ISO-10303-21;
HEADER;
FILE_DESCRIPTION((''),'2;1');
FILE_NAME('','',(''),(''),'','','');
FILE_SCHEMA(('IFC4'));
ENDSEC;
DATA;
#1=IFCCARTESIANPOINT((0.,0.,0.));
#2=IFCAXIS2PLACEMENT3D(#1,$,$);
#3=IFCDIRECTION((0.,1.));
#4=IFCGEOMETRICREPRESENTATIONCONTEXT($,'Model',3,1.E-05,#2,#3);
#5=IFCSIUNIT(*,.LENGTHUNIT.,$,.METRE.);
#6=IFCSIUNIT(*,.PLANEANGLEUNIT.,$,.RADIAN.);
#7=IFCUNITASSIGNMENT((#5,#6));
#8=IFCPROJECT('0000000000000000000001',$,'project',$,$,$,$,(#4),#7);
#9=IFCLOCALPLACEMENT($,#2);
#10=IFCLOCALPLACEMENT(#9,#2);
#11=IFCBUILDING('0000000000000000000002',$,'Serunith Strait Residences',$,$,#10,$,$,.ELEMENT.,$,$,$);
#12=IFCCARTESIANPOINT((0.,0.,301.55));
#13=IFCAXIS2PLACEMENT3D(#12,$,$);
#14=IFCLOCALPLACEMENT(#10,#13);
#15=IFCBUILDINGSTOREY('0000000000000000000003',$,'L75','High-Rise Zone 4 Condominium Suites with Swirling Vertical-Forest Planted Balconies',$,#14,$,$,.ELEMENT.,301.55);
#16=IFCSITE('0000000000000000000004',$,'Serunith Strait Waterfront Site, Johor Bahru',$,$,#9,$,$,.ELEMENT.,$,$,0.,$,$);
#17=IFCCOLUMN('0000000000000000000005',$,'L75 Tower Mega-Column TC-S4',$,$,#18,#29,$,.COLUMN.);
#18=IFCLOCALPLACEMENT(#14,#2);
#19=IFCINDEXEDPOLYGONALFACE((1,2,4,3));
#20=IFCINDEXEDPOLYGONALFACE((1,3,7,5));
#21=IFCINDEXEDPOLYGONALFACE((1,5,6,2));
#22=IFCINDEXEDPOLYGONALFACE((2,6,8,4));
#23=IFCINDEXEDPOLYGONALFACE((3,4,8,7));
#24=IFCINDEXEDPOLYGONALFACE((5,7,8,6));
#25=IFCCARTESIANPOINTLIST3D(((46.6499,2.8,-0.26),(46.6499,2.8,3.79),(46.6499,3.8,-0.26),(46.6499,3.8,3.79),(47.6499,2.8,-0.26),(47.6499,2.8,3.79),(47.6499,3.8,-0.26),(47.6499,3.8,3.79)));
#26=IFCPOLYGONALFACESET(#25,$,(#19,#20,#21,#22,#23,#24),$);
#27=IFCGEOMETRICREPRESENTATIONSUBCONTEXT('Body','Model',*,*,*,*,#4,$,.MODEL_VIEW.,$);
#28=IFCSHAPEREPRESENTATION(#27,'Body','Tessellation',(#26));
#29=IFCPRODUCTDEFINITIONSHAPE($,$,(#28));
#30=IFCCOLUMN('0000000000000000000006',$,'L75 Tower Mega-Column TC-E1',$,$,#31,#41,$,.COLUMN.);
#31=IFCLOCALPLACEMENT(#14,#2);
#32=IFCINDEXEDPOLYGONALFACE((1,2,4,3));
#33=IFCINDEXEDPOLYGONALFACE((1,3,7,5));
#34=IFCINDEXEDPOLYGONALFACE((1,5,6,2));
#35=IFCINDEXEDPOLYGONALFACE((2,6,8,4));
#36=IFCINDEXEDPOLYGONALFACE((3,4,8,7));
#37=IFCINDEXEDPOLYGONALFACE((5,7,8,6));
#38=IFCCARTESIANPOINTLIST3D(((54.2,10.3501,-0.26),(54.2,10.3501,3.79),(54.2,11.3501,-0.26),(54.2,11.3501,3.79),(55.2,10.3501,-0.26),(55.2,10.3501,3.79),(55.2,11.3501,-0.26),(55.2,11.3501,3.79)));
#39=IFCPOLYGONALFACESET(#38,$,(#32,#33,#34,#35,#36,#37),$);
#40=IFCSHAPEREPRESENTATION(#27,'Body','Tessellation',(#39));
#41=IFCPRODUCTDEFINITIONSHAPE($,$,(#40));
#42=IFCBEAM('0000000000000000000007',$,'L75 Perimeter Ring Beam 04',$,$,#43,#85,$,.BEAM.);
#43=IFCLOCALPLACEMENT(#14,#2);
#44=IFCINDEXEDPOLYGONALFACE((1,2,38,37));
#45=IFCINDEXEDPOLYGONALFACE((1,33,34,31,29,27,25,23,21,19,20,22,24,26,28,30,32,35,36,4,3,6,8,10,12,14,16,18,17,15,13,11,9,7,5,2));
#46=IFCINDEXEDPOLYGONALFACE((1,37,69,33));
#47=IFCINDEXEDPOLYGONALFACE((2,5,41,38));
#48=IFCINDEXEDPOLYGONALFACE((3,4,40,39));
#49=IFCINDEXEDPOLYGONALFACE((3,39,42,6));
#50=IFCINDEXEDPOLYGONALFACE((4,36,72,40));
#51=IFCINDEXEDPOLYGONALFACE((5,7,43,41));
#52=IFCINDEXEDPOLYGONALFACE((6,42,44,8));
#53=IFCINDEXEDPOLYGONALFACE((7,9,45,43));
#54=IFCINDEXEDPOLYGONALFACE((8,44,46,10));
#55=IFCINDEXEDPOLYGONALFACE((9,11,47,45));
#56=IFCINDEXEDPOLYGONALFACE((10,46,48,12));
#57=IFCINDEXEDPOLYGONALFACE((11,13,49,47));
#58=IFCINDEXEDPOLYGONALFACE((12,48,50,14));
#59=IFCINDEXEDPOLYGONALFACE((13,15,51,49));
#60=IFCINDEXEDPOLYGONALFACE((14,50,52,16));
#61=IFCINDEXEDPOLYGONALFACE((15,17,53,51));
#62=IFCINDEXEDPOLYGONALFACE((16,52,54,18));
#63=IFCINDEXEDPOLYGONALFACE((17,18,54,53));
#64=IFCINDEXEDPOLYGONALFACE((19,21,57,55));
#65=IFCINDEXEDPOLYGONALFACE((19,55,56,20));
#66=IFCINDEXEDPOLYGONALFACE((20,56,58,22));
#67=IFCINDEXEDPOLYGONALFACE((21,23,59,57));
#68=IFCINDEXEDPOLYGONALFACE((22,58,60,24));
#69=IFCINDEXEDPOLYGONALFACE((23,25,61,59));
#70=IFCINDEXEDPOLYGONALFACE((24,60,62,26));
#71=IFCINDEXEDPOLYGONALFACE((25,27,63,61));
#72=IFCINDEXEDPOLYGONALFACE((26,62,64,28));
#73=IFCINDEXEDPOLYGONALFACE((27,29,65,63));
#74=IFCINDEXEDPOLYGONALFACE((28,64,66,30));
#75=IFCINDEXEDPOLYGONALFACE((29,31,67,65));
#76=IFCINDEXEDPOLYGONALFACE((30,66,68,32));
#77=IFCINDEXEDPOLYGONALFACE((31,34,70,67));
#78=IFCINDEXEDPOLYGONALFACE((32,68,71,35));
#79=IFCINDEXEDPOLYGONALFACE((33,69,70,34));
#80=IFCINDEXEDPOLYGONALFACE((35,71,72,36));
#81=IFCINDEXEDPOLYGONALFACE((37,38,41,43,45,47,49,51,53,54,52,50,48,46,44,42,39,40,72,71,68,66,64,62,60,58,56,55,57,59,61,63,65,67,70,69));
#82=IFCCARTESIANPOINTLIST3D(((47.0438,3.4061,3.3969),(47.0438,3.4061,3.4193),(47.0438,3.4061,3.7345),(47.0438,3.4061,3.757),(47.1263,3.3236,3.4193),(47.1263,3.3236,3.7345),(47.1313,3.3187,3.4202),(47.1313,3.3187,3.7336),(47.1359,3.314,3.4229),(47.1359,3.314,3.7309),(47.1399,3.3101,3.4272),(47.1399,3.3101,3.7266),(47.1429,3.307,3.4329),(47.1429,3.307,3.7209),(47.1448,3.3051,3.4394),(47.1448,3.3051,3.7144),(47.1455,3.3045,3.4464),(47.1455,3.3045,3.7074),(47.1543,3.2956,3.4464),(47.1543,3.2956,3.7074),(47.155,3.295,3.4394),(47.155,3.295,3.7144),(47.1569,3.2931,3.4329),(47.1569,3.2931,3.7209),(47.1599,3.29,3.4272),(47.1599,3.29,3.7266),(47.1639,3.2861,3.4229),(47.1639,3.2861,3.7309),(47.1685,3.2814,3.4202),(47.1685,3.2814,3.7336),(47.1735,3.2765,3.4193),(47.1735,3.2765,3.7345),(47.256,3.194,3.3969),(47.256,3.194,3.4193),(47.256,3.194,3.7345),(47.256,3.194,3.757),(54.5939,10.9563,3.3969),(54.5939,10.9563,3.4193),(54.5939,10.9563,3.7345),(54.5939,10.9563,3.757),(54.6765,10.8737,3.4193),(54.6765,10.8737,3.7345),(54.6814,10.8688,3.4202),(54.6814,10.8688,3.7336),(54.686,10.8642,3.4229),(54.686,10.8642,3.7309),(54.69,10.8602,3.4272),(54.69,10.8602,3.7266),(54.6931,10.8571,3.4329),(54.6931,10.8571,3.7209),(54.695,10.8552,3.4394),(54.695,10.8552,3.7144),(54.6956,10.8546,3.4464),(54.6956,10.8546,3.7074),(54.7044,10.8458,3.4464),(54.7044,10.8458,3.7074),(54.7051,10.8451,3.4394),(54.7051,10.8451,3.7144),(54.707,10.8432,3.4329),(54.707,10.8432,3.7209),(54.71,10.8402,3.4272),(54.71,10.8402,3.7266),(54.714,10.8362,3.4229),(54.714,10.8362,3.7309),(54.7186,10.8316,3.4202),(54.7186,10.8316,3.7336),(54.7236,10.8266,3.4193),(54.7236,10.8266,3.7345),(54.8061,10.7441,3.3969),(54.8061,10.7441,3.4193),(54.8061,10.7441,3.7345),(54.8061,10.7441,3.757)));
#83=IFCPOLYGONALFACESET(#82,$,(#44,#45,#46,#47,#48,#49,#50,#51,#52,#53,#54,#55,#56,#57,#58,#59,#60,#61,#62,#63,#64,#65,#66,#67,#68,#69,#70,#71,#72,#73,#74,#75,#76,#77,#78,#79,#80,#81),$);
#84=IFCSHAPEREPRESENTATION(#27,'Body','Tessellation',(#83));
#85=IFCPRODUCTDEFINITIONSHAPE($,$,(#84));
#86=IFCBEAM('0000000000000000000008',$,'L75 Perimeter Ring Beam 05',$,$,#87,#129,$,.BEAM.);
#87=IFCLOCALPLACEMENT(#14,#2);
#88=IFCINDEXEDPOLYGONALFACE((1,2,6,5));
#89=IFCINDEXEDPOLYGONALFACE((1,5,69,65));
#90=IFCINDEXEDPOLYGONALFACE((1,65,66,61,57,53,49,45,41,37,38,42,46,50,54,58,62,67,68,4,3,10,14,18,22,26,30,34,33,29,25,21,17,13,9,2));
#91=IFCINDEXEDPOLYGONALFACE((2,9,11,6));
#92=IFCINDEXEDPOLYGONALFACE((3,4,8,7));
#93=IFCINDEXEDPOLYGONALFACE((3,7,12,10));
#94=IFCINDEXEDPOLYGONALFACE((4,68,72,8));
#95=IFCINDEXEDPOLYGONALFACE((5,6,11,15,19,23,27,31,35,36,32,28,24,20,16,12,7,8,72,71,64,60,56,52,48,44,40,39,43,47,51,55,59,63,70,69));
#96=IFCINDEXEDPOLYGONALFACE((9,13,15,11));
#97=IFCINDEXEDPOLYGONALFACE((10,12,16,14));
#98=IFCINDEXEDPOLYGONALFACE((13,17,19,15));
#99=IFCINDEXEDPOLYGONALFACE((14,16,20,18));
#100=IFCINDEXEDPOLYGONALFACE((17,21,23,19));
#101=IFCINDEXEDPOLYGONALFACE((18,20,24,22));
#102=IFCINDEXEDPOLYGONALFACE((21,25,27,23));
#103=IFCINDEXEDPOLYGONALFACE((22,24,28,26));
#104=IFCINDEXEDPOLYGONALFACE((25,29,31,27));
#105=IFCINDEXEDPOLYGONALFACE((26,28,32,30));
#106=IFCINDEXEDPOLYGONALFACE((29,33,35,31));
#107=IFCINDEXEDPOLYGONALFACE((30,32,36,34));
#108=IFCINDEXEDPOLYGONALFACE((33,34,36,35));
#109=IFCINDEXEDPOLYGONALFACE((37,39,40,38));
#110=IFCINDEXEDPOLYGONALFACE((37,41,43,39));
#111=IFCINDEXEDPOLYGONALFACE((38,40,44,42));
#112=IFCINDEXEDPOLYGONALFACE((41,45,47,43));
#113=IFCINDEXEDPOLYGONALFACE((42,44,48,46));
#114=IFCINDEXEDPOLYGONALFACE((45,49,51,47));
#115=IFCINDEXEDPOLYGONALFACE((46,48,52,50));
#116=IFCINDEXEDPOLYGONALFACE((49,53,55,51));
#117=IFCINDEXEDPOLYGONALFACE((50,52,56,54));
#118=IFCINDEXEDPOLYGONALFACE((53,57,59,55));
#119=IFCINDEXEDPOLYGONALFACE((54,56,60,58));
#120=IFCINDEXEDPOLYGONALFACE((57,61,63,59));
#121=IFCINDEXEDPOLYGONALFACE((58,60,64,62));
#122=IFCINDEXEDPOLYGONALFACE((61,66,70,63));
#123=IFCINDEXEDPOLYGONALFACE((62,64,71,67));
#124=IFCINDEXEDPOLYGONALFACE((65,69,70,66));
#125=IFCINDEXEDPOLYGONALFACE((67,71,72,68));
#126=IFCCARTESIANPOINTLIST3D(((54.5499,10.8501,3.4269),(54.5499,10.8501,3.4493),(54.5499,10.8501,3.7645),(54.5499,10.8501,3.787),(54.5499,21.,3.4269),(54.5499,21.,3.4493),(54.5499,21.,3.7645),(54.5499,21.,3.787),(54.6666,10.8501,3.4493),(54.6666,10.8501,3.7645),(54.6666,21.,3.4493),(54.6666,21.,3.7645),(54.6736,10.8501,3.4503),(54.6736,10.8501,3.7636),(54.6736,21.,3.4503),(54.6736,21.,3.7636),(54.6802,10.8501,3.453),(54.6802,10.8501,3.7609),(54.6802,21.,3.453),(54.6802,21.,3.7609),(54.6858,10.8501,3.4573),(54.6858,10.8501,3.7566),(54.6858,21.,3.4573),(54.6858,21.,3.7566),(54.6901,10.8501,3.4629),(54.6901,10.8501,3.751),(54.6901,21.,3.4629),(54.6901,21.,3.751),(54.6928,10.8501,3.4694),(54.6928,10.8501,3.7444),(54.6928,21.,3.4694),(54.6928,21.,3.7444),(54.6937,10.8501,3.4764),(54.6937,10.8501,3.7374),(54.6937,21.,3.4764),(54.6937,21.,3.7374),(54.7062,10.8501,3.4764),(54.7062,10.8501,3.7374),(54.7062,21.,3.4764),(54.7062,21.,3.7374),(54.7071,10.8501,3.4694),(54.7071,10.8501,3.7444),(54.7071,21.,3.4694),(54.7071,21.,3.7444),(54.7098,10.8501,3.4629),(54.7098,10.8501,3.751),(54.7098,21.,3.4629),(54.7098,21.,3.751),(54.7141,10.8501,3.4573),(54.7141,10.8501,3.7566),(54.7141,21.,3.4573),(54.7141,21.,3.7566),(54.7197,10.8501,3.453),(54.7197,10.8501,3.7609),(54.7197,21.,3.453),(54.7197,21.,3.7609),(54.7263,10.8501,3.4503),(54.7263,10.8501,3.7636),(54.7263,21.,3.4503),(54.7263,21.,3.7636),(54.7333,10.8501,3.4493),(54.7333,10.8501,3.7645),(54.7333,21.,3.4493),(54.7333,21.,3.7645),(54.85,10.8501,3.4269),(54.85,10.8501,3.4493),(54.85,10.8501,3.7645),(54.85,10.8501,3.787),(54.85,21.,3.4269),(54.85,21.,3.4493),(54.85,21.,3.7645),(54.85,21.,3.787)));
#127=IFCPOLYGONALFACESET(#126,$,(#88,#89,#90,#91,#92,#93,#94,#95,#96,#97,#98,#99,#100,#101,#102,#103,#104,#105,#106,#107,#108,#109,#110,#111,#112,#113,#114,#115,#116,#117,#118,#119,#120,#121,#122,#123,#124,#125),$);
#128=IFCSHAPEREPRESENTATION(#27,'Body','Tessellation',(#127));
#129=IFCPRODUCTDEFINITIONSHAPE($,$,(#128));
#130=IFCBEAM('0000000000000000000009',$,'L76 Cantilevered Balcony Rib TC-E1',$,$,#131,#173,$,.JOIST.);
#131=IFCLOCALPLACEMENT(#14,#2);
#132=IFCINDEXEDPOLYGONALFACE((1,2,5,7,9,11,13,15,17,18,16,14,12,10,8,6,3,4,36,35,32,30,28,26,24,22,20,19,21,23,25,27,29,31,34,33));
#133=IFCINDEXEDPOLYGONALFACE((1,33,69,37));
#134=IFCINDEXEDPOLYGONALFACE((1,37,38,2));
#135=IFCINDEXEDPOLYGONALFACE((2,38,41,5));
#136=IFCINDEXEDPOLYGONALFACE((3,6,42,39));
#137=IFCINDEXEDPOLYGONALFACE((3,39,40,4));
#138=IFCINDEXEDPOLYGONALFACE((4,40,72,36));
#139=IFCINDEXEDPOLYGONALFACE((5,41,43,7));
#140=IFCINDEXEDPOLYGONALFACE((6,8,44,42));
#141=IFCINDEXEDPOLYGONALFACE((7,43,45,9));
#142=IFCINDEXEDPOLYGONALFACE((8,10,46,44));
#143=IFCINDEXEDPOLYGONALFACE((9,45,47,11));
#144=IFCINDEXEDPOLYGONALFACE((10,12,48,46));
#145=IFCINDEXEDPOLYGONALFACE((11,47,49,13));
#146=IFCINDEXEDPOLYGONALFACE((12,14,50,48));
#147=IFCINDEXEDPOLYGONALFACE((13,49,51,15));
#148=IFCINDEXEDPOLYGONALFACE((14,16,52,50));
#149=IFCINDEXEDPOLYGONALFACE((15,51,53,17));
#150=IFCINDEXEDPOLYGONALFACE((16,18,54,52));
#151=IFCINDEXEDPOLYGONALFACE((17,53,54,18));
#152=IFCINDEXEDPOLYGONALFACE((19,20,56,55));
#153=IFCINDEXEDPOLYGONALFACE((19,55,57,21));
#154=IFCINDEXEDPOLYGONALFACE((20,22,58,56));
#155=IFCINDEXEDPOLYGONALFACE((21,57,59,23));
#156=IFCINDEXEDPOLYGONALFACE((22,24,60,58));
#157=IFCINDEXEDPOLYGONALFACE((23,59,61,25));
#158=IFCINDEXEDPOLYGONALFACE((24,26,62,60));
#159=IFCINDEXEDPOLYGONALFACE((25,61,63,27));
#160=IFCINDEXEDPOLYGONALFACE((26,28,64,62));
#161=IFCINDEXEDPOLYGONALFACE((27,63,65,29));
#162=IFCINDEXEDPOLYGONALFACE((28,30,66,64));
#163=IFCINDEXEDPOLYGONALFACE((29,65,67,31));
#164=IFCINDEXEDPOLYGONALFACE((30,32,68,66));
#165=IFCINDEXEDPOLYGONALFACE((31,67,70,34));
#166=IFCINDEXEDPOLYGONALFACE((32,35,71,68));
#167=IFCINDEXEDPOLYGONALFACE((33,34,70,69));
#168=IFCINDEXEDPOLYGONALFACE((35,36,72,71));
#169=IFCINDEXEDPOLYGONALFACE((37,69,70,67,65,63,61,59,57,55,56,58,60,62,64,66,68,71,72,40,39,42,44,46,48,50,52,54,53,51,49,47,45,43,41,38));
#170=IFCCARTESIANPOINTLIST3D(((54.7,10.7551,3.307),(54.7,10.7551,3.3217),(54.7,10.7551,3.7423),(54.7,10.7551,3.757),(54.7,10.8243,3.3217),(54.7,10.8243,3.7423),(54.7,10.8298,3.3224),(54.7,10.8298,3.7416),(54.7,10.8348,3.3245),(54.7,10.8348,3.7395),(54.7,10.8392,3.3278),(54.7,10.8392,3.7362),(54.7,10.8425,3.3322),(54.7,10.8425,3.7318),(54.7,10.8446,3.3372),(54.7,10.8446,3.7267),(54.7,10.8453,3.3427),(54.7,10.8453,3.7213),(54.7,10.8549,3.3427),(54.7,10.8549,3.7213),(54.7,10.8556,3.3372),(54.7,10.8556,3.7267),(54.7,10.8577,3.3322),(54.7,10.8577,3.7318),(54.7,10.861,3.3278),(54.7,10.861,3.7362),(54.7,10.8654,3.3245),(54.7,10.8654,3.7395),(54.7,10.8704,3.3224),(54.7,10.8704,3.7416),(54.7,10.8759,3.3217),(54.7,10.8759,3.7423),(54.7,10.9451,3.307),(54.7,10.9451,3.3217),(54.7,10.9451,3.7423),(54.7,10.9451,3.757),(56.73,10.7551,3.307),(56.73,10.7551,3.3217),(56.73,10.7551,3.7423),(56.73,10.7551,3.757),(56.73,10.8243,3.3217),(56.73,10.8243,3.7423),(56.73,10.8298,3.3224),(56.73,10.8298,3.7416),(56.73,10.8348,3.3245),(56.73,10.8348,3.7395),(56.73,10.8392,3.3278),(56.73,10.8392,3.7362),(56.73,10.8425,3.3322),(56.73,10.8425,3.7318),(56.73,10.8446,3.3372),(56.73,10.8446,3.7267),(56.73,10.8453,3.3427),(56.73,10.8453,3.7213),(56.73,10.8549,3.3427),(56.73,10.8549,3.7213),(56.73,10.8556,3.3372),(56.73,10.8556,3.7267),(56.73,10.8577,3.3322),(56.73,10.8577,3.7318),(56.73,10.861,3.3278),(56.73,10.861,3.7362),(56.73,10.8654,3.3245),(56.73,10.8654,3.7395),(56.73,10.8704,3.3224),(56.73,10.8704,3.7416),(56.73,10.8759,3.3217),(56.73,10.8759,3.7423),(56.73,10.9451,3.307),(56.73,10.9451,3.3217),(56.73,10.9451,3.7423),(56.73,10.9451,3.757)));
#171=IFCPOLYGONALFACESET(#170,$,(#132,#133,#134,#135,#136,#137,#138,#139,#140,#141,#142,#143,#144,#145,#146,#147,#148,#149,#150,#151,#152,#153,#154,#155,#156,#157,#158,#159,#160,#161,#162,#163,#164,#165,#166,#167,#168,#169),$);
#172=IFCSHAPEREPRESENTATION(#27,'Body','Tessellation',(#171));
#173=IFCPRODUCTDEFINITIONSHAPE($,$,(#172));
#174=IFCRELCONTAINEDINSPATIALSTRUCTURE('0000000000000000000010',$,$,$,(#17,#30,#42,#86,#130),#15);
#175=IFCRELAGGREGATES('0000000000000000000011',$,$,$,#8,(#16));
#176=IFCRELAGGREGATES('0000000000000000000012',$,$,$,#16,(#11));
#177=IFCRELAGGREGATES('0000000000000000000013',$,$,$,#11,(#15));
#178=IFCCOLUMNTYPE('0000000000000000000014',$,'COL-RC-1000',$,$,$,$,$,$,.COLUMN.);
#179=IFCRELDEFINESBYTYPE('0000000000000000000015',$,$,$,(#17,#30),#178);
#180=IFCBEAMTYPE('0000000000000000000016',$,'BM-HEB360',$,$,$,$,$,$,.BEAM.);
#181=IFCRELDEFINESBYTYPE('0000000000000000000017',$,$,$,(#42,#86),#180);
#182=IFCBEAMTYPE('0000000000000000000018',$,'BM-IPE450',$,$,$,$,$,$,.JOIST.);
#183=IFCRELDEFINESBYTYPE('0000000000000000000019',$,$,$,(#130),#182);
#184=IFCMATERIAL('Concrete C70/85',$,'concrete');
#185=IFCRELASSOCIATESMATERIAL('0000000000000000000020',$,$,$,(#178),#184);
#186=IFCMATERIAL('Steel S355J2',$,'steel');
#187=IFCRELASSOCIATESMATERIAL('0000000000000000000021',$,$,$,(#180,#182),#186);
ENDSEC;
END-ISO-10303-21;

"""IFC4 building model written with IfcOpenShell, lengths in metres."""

from ifc_helpers import new_model, si_unit, direction, frame, origin, origin_2d, place, context, subcontext, project, spatial, rectangle, i_section, extrude, source, transform, mapped, material, material_profile, profile_set, type_object, element, save


model = new_model("IFC4")

# Units and contexts
model_context = context("Model", 3, precision=1e-05, world=origin(), true_north=direction((0.0, 1.0)))
body_context = subcontext(model_context, "Body", "Model", "MODEL_VIEW")
ifc_project = project(units=[si_unit("LENGTHUNIT", "METRE"), si_unit("PLANEANGLEUNIT", "RADIAN")], contexts=[model_context])

# Site, building, storey
site_placement = place(None, origin())
site = spatial("IfcSite", under=ifc_project, at=site_placement, Name="Serunith Strait Waterfront Site, Johor Bahru", CompositionType="ELEMENT", RefElevation=0.0)
building_placement = place(site_placement, origin())
building = spatial("IfcBuilding", under=site, at=building_placement, Name="Serunith Strait Residences", CompositionType="ELEMENT")
storey_placement = place(building_placement, frame((0.0, 0.0, 301.55)))
storey = spatial("IfcBuildingStorey", under=building, at=storey_placement, Name="L75", Description="High-Rise Zone 4 Condominium Suites with Swirling Vertical-Forest Planted Balconies", CompositionType="ELEMENT", Elevation=301.55)

# Columns
ifc_material_1 = material(Name="Concrete C70/85", Category="concrete")
ifc_material_profile_1 = material_profile(ifc_material_1, rectangle(XDim=1.0, YDim=1.0, at=origin_2d()), Name="RC 1000x1000")
ifc_profile_set_1 = profile_set([ifc_material_profile_1], Name="Concrete C70/85")
column_type = type_object("IfcColumnType", Name="COL-RC-1000", PredefinedType="COLUMN", material=ifc_profile_set_1)
shared_shape_1 = source(origin(), body_context, "Body", "SweptSolid", [
    extrude(rectangle(XDim=1.0, YDim=1.0, at=origin_2d()), origin(), (0.0, 0.0, 1.0), 4.05),
])
for number, where, z_axis, x_axis, name in (
    (1, (47.1499, 3.3, -0.26), (0.0, 0.0, 1.0), (1.0, 0.0, 0.0), "L75 Tower Mega-Column TC-S4"),
    (2, (54.7, 10.8501, -0.26), (0.0, 0.0, 1.0), (1.0, 0.0, 0.0), "L75 Tower Mega-Column TC-E1"),
):
    element("IfcColumn", number, at=place(storey_placement, frame(where, z_axis=z_axis, x_axis=x_axis)), inside=storey, type_object=column_type, Name=name, PredefinedType="COLUMN", context=body_context, shape_type="MappedRepresentation", body=[
        mapped(shared_shape_1, transform((0.0, 0.0, 0.0), scale=1.0)),
    ])

# Beams
ifc_material_2 = material(Name="Steel S355J2", Category="steel")
ifc_material_profile_2 = material_profile(ifc_material_2, i_section(OverallWidth=0.3, OverallDepth=0.3601, WebThickness=0.0125, FlangeThickness=0.0225, FilletRadius=0.0271, at=origin_2d()), Name="HEB 360")
ifc_profile_set_2 = profile_set([ifc_material_profile_2], Name="Steel S355J2")
beam_type_1 = type_object("IfcBeamType", Name="BM-HEB360", PredefinedType="BEAM", material=ifc_profile_set_2)
shared_shape_2 = source(origin(), body_context, "Body", "SweptSolid", [
    extrude(i_section(OverallWidth=0.3, OverallDepth=0.3601, WebThickness=0.0125, FlangeThickness=0.0225, FilletRadius=0.0271, at=origin_2d()), origin(), (0.0, 0.0, 1.0), 10.6775),
])
beam_1_placement = place(storey_placement, frame((47.1499, 3.3, 3.5769), z_axis=(0.707107, 0.707107, 0.0), x_axis=(-0.707107, 0.707107, 0.0)))
element("IfcBeam", 3, at=beam_1_placement, inside=storey, type_object=beam_type_1, Name="L75 Perimeter Ring Beam 04", PredefinedType="BEAM", context=body_context, shape_type="MappedRepresentation", body=[
    mapped(shared_shape_2, transform((0.0, 0.0, 0.0), scale=1.0)),
])
shared_shape_3 = source(origin(), body_context, "Body", "SweptSolid", [
    extrude(i_section(OverallWidth=0.3, OverallDepth=0.3601, WebThickness=0.0125, FlangeThickness=0.0225, FilletRadius=0.0271, at=origin_2d()), origin(), (0.0, 0.0, 1.0), 10.1499),
])
beam_2_placement = place(storey_placement, frame((54.7, 10.8501, 3.6069), z_axis=(0.0, 1.0, 0.0), x_axis=(-1.0, 0.0, 0.0)))
element("IfcBeam", 4, at=beam_2_placement, inside=storey, type_object=beam_type_1, Name="L75 Perimeter Ring Beam 05", PredefinedType="BEAM", context=body_context, shape_type="MappedRepresentation", body=[
    mapped(shared_shape_3, transform((0.0, 0.0, 0.0), scale=1.0)),
])
ifc_material_profile_3 = material_profile(ifc_material_2, i_section(OverallWidth=0.1899, OverallDepth=0.45, WebThickness=0.0095, FlangeThickness=0.0146, FilletRadius=0.021, at=origin_2d()), Name="IPE 450")
ifc_profile_set_3 = profile_set([ifc_material_profile_3], Name="Steel S355J2")
beam_type_2 = type_object("IfcBeamType", Name="BM-IPE450", PredefinedType="JOIST", material=ifc_profile_set_3)
shared_shape_4 = source(origin(), body_context, "Body", "SweptSolid", [
    extrude(i_section(OverallWidth=0.1899, OverallDepth=0.45, WebThickness=0.0095, FlangeThickness=0.0146, FilletRadius=0.021, at=origin_2d()), origin(), (0.0, 0.0, 1.0), 2.03),
])
beam_3_placement = place(storey_placement, frame((54.7, 10.8501, 3.532), z_axis=(1.0, 0.0, 0.0), x_axis=(0.0, 1.0, 0.0)))
element("IfcBeam", 5, at=beam_3_placement, inside=storey, type_object=beam_type_2, Name="L76 Cantilevered Balcony Rib TC-E1", PredefinedType="JOIST", context=body_context, shape_type="MappedRepresentation", body=[
    mapped(shared_shape_4, transform((0.0, 0.0, 0.0), scale=1.0)),
])

save(model, "model.ifc")
